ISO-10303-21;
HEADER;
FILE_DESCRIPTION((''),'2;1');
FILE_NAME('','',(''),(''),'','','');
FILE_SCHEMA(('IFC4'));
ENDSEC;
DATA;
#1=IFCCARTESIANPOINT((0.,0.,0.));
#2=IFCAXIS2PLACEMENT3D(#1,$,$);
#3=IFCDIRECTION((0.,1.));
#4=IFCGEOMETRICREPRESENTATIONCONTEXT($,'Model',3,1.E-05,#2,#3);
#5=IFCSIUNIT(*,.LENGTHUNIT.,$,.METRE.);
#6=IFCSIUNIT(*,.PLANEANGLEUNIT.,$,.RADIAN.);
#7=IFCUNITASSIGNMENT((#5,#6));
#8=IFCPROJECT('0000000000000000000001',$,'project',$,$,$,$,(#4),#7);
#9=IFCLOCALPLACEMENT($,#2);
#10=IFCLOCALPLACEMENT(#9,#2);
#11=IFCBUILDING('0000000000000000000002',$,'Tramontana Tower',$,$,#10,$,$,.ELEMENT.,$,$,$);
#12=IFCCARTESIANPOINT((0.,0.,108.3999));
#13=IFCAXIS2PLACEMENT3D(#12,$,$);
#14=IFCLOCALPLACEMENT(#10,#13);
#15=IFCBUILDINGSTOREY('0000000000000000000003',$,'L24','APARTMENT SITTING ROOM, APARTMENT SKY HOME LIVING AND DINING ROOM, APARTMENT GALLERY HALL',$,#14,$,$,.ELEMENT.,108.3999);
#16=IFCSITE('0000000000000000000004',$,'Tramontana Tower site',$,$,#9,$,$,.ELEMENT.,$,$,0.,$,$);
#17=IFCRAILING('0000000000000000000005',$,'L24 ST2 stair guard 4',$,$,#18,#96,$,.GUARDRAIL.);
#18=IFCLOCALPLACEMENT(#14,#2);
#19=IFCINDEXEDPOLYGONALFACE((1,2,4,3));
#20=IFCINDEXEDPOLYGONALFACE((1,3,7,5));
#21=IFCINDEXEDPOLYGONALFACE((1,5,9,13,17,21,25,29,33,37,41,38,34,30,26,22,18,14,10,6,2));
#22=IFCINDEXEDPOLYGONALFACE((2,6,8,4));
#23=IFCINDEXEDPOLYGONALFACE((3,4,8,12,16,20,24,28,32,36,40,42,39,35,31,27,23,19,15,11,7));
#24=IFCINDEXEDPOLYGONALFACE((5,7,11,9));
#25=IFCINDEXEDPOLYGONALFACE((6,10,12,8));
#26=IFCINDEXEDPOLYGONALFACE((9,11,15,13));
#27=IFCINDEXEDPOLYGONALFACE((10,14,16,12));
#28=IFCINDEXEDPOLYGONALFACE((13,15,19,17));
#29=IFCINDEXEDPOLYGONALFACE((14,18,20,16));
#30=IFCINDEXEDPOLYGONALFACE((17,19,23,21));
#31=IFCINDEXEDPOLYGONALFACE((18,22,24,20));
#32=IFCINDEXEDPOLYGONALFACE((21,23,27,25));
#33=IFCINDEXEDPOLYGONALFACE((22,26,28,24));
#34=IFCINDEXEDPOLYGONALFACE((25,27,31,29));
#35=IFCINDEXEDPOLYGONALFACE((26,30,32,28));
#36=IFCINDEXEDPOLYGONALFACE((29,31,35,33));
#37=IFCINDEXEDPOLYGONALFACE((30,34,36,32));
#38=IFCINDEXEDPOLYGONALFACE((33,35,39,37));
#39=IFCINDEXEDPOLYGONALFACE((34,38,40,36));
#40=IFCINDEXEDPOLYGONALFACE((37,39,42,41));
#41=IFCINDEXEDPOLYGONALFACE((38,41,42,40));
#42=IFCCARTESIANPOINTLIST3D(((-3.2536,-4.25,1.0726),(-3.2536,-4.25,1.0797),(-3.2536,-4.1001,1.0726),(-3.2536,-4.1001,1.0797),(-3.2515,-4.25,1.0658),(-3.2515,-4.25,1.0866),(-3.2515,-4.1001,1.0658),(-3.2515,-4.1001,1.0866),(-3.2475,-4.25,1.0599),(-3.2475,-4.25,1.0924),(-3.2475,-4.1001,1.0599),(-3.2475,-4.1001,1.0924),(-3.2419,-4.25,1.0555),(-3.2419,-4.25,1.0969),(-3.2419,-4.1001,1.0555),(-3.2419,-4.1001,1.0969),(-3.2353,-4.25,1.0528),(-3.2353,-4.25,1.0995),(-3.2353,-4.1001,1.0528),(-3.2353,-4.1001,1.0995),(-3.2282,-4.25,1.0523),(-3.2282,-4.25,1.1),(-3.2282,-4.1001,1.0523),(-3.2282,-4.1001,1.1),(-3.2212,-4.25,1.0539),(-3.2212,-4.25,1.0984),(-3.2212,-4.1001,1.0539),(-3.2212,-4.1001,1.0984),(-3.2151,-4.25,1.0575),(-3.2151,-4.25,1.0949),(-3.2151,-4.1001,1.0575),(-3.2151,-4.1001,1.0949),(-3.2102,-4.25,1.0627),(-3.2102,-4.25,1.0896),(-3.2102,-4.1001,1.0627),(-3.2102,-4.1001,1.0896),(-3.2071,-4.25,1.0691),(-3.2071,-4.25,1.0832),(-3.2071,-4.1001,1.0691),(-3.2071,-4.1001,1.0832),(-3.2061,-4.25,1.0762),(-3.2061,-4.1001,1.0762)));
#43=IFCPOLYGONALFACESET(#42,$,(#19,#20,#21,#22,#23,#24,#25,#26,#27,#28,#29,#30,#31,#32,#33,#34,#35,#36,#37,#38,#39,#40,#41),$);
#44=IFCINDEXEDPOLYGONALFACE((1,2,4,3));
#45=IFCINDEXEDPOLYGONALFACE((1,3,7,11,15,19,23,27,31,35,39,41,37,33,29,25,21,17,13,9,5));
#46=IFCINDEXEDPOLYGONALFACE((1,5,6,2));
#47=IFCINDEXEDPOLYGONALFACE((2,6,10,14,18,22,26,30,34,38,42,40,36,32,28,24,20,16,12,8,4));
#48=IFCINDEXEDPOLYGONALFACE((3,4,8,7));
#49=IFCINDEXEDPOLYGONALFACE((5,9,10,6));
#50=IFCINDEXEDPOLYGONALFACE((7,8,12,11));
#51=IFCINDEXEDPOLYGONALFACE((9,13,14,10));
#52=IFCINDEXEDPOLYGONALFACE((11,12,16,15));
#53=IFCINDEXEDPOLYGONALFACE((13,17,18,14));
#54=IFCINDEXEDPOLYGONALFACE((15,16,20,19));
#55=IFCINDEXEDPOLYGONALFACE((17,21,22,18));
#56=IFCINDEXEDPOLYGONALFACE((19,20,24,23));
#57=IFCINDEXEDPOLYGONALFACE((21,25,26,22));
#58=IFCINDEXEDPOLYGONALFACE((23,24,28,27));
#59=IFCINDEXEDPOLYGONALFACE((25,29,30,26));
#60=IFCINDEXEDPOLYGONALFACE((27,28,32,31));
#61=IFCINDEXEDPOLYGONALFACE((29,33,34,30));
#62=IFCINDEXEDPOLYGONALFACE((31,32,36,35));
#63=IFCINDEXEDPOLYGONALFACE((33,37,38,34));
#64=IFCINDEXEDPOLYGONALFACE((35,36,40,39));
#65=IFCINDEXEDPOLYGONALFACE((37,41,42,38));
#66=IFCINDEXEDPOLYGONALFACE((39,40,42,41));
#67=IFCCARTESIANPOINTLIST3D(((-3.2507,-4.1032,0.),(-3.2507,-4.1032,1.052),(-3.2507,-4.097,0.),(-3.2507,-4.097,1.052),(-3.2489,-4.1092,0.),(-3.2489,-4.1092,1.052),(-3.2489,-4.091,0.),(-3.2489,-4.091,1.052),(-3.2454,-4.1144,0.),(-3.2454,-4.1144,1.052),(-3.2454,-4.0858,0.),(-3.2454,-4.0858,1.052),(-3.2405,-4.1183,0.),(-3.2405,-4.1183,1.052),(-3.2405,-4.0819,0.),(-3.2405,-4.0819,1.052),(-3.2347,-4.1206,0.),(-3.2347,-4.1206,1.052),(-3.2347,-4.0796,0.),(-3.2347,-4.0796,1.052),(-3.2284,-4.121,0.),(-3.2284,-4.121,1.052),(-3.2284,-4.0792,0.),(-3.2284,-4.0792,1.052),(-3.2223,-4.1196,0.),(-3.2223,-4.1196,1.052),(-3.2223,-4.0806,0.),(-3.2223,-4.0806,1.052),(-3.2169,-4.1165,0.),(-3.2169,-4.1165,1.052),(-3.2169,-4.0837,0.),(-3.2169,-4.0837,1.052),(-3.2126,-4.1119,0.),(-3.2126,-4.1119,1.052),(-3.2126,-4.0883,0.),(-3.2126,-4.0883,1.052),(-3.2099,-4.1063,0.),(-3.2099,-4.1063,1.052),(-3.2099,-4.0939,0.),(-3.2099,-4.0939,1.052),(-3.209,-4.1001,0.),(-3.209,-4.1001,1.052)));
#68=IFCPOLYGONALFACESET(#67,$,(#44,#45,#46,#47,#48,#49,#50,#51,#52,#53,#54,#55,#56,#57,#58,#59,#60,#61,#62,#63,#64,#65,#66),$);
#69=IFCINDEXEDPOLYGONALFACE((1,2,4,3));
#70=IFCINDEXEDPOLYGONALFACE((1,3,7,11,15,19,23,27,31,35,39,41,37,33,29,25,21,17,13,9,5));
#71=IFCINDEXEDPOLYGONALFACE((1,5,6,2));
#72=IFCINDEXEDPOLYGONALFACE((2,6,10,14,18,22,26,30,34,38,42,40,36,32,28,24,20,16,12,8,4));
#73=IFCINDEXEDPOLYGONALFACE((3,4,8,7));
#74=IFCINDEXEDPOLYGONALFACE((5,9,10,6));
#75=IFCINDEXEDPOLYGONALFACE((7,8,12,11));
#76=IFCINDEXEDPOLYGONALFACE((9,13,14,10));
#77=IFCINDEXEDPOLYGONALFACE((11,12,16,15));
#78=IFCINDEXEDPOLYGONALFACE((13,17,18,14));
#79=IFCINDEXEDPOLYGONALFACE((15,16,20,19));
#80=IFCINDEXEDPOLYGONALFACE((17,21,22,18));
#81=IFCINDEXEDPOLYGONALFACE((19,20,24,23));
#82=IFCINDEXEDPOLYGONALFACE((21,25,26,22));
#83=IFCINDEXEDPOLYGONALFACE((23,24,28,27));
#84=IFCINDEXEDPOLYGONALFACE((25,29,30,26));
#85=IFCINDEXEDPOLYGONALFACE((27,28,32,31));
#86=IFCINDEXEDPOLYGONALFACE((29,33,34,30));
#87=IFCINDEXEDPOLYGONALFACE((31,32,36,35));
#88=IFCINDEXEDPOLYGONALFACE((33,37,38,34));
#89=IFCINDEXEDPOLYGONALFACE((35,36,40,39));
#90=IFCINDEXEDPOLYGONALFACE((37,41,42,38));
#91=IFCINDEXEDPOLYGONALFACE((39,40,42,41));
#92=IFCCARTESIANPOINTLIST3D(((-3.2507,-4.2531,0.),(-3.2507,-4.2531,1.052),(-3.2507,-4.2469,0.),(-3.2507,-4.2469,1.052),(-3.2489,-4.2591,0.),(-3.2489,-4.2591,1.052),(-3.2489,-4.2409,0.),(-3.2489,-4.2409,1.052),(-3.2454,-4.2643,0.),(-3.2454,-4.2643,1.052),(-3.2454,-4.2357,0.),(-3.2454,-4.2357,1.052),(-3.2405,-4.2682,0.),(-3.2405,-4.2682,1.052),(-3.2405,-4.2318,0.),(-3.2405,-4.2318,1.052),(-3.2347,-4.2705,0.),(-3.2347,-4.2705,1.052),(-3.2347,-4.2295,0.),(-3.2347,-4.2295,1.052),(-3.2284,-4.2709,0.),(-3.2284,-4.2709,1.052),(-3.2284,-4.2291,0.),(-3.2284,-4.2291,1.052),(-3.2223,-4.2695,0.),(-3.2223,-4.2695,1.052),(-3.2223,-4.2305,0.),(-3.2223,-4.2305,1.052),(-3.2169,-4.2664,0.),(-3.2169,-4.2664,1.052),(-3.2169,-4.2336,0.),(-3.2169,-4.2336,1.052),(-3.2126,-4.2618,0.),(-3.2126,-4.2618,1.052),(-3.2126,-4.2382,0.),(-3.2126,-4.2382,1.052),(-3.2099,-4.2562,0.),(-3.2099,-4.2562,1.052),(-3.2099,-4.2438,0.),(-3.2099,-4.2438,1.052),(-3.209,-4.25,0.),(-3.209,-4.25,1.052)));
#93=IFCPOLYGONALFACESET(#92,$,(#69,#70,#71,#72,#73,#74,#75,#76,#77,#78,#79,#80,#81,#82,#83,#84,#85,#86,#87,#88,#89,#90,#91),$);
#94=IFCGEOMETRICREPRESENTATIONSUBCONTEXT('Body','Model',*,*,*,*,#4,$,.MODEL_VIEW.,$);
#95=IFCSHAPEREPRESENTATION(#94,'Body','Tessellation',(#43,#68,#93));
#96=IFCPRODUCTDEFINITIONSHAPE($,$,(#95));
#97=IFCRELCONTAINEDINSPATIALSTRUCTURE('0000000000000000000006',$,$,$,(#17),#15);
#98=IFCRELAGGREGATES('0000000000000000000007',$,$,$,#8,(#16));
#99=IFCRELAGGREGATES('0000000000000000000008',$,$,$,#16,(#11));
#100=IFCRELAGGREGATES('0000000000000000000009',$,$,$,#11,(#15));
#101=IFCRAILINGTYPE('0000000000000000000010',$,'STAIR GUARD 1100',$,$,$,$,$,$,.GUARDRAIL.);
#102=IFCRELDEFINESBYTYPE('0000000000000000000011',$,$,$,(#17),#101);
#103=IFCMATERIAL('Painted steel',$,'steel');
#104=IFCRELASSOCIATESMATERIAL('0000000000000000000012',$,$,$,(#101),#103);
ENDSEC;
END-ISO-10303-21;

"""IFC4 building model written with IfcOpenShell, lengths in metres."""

from ifc_helpers import new_model, si_unit, direction, frame, origin, origin_2d, place, context, subcontext, project, spatial, circle, extrude, material, type_object, element, save


model = new_model("IFC4")

# Units and contexts
model_context = context("Model", 3, precision=1e-05, world=origin(), true_north=direction((0.0, 1.0)))
body_context = subcontext(model_context, "Body", "Model", "MODEL_VIEW")
ifc_project = project(units=[si_unit("LENGTHUNIT", "METRE"), si_unit("PLANEANGLEUNIT", "RADIAN")], contexts=[model_context])

# Site, building, storey
site_placement = place(None, origin())
site = spatial("IfcSite", under=ifc_project, at=site_placement, Name="Tramontana Tower site", CompositionType="ELEMENT", RefElevation=0.0)
building_placement = place(site_placement, origin())
building = spatial("IfcBuilding", under=site, at=building_placement, Name="Tramontana Tower", CompositionType="ELEMENT")
storey_placement = place(building_placement, frame((0.0, 0.0, 108.3999)))
storey = spatial("IfcBuildingStorey", under=building, at=storey_placement, Name="L24", Description="APARTMENT SITTING ROOM, APARTMENT SKY HOME LIVING AND DINING ROOM, APARTMENT GALLERY HALL", CompositionType="ELEMENT", Elevation=108.3999)

# Railing
ifc_material_1 = material(Name="Painted steel", Category="steel")
railing_type_1 = type_object("IfcRailingType", Name="STAIR GUARD 1100", PredefinedType="GUARDRAIL", material=ifc_material_1)
railing_1_placement = place(storey_placement, frame((-3.23, -4.1001, 0.0)))
element("IfcRailing", 1, at=railing_1_placement, inside=storey, type_object=railing_type_1, Name="L24 ST2 stair guard 4", PredefinedType="GUARDRAIL", context=body_context, shape_type="SweptSolid", body=[
    extrude(circle(Radius=0.0239, at=origin_2d()), frame((0.0, 0.0, 1.0762), z_axis=(0.0, -1.0, 0.0), x_axis=(1.0, 0.0, 0.0)), (0.0, 0.0, 1.0), 0.1499),
    extrude(circle(Radius=0.021, at=origin_2d()), origin(), (0.0, 0.0, 1.0), 1.052),
    extrude(circle(Radius=0.021, at=origin_2d()), frame((0.0, -0.1499, 0.0)), (0.0, 0.0, 1.0), 1.052),
])

save(model, "model.ifc")
